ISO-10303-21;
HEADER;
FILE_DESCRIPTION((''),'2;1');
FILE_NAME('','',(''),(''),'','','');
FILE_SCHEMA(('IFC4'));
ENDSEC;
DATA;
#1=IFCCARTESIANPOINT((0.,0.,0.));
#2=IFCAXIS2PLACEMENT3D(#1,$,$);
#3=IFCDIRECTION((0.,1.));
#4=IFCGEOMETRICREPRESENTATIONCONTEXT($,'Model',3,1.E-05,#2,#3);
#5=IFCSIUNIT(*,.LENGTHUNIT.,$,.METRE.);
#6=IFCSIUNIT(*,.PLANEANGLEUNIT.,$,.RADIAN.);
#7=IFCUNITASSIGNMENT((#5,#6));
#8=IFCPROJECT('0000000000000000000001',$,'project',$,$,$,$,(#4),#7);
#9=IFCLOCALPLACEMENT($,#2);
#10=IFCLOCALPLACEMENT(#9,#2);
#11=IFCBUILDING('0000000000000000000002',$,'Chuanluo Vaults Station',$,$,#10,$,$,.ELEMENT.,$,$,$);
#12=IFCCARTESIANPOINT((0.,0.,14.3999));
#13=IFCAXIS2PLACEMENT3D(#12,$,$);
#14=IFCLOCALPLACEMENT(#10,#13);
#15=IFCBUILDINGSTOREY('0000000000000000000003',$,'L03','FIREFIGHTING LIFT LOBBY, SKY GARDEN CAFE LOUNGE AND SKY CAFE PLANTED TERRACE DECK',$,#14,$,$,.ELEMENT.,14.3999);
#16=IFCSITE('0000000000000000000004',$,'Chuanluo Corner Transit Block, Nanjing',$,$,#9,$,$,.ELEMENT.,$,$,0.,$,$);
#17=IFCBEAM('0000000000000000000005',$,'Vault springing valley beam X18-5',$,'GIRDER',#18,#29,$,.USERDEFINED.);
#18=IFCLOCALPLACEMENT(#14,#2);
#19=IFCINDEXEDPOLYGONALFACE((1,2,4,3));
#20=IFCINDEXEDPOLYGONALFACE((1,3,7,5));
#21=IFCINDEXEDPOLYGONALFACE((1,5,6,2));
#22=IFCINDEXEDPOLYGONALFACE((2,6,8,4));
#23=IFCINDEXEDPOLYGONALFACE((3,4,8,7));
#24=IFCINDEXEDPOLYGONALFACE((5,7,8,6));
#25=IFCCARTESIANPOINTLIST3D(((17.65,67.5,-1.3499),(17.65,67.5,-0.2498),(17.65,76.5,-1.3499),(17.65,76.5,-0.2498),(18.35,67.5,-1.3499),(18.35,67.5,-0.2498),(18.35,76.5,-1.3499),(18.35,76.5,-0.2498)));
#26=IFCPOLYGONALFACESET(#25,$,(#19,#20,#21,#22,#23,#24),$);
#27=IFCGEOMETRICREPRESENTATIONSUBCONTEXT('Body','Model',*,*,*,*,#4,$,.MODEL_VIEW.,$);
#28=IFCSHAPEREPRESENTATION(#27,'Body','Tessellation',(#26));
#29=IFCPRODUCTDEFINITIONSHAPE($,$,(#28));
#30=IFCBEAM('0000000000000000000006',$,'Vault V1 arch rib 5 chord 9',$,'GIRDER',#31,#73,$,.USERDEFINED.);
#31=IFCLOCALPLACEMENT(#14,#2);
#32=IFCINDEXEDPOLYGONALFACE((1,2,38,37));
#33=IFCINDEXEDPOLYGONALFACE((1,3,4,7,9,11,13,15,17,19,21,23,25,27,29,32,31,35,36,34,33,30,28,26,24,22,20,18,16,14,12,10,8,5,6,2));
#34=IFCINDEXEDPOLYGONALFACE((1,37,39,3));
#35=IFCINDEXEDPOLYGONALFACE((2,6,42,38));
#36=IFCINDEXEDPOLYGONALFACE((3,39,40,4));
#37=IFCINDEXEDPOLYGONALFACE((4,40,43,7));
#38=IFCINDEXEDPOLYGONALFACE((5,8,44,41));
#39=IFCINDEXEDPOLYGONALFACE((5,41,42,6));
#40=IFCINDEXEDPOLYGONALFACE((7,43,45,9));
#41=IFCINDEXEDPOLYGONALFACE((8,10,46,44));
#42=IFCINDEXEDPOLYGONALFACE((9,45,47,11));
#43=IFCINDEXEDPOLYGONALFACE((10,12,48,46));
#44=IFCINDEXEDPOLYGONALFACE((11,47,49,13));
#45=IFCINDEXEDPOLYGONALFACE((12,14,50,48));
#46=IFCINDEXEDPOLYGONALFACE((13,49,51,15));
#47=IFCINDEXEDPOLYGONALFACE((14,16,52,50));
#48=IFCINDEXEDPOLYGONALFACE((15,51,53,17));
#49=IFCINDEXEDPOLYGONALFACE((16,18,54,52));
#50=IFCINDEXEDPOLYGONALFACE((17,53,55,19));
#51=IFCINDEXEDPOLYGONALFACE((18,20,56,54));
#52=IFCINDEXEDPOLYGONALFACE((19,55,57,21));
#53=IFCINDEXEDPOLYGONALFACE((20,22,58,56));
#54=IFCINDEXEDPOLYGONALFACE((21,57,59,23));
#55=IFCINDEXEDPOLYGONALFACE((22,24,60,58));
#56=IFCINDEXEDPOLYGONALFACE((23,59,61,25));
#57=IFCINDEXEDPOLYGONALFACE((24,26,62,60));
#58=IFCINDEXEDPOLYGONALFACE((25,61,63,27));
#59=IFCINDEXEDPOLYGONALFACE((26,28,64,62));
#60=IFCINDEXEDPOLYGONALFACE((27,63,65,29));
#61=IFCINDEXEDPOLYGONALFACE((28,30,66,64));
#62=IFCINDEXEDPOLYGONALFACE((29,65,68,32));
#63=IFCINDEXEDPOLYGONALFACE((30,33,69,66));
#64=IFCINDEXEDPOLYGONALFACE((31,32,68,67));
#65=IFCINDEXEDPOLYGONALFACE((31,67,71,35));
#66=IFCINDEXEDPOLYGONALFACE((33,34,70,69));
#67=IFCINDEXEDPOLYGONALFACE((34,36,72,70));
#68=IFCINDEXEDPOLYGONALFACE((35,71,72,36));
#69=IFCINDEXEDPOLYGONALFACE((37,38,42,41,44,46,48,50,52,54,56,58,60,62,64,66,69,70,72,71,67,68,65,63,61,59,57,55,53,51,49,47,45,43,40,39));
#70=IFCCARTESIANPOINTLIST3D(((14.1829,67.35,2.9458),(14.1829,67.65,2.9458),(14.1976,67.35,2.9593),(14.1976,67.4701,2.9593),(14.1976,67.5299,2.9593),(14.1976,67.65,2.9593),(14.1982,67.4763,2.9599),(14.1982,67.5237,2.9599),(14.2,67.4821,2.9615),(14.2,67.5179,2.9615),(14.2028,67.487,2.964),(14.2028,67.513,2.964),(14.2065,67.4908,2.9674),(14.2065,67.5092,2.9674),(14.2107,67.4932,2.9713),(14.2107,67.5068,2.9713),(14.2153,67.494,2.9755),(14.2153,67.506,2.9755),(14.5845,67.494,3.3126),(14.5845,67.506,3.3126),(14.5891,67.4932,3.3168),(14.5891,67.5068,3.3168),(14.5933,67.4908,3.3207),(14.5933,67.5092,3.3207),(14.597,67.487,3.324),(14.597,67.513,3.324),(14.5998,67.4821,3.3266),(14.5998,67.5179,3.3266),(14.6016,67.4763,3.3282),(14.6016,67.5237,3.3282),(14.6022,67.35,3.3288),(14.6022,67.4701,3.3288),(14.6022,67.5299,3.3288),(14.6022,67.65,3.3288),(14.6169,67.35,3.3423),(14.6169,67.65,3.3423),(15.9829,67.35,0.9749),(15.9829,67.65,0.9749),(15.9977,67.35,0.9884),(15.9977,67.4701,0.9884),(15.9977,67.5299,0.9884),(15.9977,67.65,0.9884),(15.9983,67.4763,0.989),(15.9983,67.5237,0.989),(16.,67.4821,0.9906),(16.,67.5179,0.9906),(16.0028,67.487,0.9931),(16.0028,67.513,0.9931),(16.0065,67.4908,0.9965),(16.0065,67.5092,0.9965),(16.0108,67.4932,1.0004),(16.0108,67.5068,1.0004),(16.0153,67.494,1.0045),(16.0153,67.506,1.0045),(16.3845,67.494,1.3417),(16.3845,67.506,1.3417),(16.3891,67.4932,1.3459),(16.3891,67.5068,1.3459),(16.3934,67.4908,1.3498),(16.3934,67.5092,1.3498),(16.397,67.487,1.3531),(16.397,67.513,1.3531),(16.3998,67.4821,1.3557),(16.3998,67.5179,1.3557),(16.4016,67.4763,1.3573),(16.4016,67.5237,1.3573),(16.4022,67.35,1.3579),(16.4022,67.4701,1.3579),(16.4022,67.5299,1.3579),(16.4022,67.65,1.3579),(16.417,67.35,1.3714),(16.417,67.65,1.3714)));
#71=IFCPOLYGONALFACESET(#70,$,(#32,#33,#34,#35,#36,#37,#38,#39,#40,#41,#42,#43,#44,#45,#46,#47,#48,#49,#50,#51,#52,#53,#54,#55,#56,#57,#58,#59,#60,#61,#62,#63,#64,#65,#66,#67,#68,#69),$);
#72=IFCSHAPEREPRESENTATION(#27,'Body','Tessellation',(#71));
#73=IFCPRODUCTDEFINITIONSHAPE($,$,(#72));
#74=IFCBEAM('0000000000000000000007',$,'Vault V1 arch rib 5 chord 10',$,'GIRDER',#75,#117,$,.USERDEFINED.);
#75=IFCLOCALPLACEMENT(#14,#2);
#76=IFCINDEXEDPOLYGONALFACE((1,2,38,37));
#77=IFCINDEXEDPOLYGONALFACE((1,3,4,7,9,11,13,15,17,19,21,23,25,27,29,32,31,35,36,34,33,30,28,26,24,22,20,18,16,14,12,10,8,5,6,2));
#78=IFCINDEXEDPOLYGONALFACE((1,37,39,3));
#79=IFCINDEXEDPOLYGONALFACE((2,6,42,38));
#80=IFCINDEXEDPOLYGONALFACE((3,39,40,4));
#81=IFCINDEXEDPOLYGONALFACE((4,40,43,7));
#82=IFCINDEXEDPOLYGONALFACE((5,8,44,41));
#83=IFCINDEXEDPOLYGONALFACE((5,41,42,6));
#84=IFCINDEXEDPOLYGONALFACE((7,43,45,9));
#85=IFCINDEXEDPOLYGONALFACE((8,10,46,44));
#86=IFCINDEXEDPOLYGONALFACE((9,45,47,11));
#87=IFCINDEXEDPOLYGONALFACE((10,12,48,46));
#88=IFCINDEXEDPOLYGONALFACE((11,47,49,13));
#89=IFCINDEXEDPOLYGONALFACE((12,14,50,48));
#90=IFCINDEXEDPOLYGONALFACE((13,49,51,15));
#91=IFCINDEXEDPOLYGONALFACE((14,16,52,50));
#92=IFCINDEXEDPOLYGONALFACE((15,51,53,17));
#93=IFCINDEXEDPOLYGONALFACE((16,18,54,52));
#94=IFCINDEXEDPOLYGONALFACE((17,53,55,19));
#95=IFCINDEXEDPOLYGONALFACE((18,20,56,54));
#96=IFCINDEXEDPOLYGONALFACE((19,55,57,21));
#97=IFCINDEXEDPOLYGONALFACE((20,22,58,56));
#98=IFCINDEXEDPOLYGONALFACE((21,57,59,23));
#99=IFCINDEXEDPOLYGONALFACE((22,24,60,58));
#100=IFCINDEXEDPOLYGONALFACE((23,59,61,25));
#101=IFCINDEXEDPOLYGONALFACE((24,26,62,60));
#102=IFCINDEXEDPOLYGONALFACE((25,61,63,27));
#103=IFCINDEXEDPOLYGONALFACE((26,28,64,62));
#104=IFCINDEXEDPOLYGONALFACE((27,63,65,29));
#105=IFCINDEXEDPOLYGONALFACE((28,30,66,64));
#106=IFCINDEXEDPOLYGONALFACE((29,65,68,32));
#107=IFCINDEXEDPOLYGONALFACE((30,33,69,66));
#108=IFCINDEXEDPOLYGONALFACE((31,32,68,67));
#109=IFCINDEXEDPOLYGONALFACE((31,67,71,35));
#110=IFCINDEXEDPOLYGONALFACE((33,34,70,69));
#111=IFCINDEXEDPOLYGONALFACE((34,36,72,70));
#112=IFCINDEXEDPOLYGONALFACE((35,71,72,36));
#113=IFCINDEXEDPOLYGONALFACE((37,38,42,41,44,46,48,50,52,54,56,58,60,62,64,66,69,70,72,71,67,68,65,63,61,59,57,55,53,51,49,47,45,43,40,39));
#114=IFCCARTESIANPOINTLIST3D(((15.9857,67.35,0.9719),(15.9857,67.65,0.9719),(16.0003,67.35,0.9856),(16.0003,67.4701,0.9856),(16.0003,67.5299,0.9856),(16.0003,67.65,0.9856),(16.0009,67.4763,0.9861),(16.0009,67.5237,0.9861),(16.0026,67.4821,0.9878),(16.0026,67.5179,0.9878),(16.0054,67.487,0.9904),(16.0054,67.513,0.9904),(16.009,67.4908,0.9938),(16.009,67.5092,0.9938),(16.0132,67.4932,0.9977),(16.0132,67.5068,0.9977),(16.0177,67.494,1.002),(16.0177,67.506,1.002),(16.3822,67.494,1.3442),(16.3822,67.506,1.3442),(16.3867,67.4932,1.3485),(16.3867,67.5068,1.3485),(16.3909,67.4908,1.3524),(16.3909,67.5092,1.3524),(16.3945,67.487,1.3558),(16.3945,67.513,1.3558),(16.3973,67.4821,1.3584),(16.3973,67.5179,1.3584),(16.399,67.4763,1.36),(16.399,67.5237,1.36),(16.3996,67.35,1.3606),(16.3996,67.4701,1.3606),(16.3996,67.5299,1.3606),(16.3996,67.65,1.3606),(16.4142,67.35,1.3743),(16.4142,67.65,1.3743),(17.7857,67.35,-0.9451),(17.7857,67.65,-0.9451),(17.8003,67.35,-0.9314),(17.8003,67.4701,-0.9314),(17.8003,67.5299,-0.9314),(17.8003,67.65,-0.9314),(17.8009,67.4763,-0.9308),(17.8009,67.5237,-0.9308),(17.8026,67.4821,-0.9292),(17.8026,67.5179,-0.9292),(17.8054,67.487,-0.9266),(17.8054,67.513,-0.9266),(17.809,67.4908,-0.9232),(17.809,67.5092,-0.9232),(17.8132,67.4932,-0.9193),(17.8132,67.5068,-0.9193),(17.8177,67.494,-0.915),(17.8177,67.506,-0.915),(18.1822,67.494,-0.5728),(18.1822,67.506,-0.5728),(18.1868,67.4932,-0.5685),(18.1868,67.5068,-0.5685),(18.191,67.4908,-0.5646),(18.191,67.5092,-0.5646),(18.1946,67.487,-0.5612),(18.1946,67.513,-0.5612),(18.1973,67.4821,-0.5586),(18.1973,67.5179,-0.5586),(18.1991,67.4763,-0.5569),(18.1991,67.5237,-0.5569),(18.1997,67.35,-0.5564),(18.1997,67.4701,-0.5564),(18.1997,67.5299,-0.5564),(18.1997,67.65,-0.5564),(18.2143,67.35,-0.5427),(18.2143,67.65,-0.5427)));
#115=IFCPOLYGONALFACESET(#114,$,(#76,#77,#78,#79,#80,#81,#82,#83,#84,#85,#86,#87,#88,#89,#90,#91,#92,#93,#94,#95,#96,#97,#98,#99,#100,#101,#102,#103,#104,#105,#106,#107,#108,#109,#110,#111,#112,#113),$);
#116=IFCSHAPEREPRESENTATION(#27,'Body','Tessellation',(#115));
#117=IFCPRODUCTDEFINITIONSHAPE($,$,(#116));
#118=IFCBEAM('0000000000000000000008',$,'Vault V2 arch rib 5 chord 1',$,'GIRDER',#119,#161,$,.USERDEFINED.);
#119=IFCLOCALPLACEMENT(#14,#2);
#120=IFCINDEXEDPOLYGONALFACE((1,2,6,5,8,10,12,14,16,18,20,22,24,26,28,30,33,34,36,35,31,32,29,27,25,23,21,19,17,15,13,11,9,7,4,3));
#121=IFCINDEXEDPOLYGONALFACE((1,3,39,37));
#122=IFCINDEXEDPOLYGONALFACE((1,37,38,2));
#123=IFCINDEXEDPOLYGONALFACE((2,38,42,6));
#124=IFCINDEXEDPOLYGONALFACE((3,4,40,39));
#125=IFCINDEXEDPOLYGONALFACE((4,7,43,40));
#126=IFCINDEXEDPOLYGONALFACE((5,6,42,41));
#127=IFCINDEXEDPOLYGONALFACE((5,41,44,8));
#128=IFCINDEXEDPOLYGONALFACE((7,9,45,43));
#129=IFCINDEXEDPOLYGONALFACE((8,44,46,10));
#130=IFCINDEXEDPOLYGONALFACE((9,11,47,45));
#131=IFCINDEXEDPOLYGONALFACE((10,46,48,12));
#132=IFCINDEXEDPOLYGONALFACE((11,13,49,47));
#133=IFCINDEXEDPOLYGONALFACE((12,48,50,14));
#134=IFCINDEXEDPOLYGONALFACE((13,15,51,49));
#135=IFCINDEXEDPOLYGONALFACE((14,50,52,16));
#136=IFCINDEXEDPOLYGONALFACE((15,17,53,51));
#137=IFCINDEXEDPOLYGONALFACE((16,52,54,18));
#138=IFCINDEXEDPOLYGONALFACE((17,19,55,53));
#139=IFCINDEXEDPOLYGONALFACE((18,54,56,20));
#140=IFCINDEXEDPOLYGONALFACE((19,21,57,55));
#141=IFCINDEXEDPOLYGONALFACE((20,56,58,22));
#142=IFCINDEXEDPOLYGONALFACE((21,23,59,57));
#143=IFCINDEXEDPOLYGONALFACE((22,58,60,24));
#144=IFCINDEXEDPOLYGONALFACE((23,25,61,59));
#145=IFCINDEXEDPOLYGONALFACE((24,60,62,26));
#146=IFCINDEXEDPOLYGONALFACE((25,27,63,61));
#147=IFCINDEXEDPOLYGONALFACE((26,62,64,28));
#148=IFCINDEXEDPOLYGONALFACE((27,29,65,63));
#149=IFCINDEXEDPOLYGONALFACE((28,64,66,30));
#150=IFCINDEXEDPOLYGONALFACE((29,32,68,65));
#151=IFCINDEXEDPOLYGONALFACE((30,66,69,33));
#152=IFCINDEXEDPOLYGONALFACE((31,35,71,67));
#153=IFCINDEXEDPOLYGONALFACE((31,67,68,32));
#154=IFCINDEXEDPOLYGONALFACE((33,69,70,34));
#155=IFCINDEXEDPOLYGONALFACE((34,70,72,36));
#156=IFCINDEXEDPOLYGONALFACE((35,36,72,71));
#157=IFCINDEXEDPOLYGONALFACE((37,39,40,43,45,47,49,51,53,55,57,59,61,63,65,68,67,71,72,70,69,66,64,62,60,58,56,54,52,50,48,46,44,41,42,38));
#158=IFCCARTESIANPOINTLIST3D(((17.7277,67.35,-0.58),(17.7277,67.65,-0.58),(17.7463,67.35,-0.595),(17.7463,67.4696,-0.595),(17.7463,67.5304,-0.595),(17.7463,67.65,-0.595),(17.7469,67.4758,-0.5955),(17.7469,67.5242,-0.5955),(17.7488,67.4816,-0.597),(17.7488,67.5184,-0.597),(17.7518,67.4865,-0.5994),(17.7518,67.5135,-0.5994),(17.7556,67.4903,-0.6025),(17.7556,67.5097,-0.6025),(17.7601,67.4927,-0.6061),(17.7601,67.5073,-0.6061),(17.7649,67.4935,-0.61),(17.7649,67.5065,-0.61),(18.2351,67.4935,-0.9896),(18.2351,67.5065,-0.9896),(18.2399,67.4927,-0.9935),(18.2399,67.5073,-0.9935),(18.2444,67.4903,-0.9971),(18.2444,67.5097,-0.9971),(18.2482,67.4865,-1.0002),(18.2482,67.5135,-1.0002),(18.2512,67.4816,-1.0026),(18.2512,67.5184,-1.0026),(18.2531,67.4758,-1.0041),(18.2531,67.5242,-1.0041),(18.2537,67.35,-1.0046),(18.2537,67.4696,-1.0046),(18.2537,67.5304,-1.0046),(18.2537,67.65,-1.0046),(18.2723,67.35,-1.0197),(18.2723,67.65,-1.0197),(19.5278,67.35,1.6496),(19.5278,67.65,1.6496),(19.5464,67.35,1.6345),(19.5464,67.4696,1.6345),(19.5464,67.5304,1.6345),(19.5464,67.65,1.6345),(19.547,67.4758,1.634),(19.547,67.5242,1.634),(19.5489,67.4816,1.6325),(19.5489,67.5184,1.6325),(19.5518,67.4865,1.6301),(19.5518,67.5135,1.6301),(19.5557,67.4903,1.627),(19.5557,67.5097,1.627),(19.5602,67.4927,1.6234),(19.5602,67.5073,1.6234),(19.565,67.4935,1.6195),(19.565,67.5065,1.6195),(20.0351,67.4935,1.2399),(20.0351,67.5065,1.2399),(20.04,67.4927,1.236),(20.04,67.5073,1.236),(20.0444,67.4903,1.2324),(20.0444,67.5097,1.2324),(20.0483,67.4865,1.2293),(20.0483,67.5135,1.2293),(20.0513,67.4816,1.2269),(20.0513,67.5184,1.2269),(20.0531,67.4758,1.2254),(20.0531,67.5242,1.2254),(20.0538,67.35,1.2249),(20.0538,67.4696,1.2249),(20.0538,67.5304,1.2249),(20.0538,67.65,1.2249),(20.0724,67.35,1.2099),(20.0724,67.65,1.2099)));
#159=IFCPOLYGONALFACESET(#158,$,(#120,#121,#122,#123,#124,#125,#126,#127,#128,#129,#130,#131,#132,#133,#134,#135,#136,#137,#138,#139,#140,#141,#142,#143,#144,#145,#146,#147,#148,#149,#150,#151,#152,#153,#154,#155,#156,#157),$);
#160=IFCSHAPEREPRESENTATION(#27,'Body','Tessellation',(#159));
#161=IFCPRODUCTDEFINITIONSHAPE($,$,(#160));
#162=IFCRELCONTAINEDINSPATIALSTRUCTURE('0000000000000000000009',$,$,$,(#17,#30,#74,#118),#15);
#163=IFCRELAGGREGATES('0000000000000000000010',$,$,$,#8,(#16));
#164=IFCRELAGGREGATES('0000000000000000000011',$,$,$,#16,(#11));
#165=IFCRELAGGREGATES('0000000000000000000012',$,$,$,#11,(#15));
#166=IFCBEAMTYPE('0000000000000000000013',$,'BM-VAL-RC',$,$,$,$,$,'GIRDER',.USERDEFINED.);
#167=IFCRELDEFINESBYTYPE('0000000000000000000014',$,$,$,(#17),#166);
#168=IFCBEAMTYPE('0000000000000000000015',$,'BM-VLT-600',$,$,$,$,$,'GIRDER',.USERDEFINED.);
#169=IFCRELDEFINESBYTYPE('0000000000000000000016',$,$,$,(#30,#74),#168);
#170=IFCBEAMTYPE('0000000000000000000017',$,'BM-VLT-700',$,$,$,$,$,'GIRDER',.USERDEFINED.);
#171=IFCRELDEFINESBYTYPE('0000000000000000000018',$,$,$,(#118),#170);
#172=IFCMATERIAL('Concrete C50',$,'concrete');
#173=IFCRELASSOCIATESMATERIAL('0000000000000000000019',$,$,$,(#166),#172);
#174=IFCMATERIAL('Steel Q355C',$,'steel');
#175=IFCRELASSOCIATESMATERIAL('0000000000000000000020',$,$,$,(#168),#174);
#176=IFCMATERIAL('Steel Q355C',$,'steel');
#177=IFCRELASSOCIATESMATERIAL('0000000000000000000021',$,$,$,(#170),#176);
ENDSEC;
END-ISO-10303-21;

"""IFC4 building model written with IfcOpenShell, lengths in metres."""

from ifc_helpers import new_model, si_unit, direction, frame, origin, origin_2d, place, context, subcontext, project, spatial, rectangle, i_section, extrude, material, material_profile, profile_set, type_object, element, save


model = new_model("IFC4")

# Units and contexts
model_context = context("Model", 3, precision=1e-05, world=origin(), true_north=direction((0.0, 1.0)))
body_context = subcontext(model_context, "Body", "Model", "MODEL_VIEW")
ifc_project = project(units=[si_unit("LENGTHUNIT", "METRE"), si_unit("PLANEANGLEUNIT", "RADIAN")], contexts=[model_context])

# Site, building, storey
site_placement = place(None, origin())
site = spatial("IfcSite", under=ifc_project, at=site_placement, Name="Chuanluo Corner Transit Block, Nanjing", CompositionType="ELEMENT", RefElevation=0.0)
building_placement = place(site_placement, origin())
building = spatial("IfcBuilding", under=site, at=building_placement, Name="Chuanluo Vaults Station", CompositionType="ELEMENT")
storey_placement = place(building_placement, frame((0.0, 0.0, 14.3999)))
storey = spatial("IfcBuildingStorey", under=building, at=storey_placement, Name="L03", Description="FIREFIGHTING LIFT LOBBY, SKY GARDEN CAFE LOUNGE AND SKY CAFE PLANTED TERRACE DECK", CompositionType="ELEMENT", Elevation=14.3999)

# Beams
ifc_material_1 = material(Name="Concrete C50", Category="concrete")
ifc_material_profile_1 = material_profile(ifc_material_1, rectangle(XDim=0.7, YDim=1.1001, at=origin_2d()))
ifc_profile_set_1 = profile_set([ifc_material_profile_1], Name="Concrete C50")
beam_type_1 = type_object("IfcBeamType", Name="BM-VAL-RC", ElementType="GIRDER", PredefinedType="USERDEFINED", material=ifc_profile_set_1)
beam_1_placement = place(storey_placement, frame((18.0, 67.5, -0.7998), z_axis=(0.0, 1.0, 0.0), x_axis=(-1.0, 0.0, 0.0)))
element("IfcBeam", 1, at=beam_1_placement, inside=storey, type_object=beam_type_1, Name="Vault springing valley beam X18-5", ObjectType="GIRDER", PredefinedType="USERDEFINED", context=body_context, shape_type="SweptSolid", body=[
    extrude(rectangle(XDim=0.7, YDim=1.1001, at=origin_2d()), origin(), (0.0, 0.0, 1.0), 9.0),
])
ifc_material_2 = material(Name="Steel Q355C", Category="steel")
ifc_material_profile_2 = material_profile(ifc_material_2, i_section(OverallWidth=0.3, OverallDepth=0.5879, WebThickness=0.012, FlangeThickness=0.02, FilletRadius=0.0239, at=origin_2d()))
ifc_profile_set_2 = profile_set([ifc_material_profile_2], Name="Steel Q355C")
beam_type_2 = type_object("IfcBeamType", Name="BM-VLT-600", ElementType="GIRDER", PredefinedType="USERDEFINED", material=ifc_profile_set_2)
beam_2_placement = place(storey_placement, frame((14.3999, 67.5, 3.144), z_axis=(0.674369, 0.0, -0.738394), x_axis=(0.0, 1.0, 0.0)))
element("IfcBeam", 2, at=beam_2_placement, inside=storey, type_object=beam_type_2, Name="Vault V1 arch rib 5 chord 9", ObjectType="GIRDER", PredefinedType="USERDEFINED", context=body_context, shape_type="SweptSolid", body=[
    extrude(i_section(OverallWidth=0.3, OverallDepth=0.5879, WebThickness=0.012, FlangeThickness=0.02, FilletRadius=0.0239, at=origin_2d()), origin(), (0.0, 0.0, 1.0), 2.6692),
])
beam_3_placement = place(storey_placement, frame((16.2, 67.5, 1.1731), z_axis=(0.684522, 0.0, -0.728993), x_axis=(0.0, 1.0, 0.0)))
element("IfcBeam", 3, at=beam_3_placement, inside=storey, type_object=beam_type_2, Name="Vault V1 arch rib 5 chord 10", ObjectType="GIRDER", PredefinedType="USERDEFINED", context=body_context, shape_type="SweptSolid", body=[
    extrude(i_section(OverallWidth=0.3, OverallDepth=0.5879, WebThickness=0.012, FlangeThickness=0.02, FilletRadius=0.0239, at=origin_2d()), origin(), (0.0, 0.0, 1.0), 2.6296),
])
ifc_material_3 = material(Name="Steel Q355C", Category="steel")
ifc_material_profile_3 = material_profile(ifc_material_3, i_section(OverallWidth=0.3, OverallDepth=0.7, WebThickness=0.0129, FlangeThickness=0.0239, FilletRadius=0.0239, at=origin_2d()))
ifc_profile_set_3 = profile_set([ifc_material_profile_3], Name="Steel Q355C")
beam_type_3 = type_object("IfcBeamType", Name="BM-VLT-700", ElementType="GIRDER", PredefinedType="USERDEFINED", material=ifc_profile_set_3)
beam_4_placement = place(storey_placement, frame((18.0, 67.5, -0.7998), z_axis=(0.62819, 0.0, 0.77806), x_axis=(0.0, 1.0, 0.0)))
element("IfcBeam", 4, at=beam_4_placement, inside=storey, type_object=beam_type_3, Name="Vault V2 arch rib 5 chord 1", ObjectType="GIRDER", PredefinedType="USERDEFINED", context=body_context, shape_type="SweptSolid", body=[
    extrude(i_section(OverallWidth=0.3, OverallDepth=0.7, WebThickness=0.0129, FlangeThickness=0.0239, FilletRadius=0.0239, at=origin_2d()), origin(), (0.0, 0.0, 1.0), 2.8655),
])

save(model, "model.ifc")
